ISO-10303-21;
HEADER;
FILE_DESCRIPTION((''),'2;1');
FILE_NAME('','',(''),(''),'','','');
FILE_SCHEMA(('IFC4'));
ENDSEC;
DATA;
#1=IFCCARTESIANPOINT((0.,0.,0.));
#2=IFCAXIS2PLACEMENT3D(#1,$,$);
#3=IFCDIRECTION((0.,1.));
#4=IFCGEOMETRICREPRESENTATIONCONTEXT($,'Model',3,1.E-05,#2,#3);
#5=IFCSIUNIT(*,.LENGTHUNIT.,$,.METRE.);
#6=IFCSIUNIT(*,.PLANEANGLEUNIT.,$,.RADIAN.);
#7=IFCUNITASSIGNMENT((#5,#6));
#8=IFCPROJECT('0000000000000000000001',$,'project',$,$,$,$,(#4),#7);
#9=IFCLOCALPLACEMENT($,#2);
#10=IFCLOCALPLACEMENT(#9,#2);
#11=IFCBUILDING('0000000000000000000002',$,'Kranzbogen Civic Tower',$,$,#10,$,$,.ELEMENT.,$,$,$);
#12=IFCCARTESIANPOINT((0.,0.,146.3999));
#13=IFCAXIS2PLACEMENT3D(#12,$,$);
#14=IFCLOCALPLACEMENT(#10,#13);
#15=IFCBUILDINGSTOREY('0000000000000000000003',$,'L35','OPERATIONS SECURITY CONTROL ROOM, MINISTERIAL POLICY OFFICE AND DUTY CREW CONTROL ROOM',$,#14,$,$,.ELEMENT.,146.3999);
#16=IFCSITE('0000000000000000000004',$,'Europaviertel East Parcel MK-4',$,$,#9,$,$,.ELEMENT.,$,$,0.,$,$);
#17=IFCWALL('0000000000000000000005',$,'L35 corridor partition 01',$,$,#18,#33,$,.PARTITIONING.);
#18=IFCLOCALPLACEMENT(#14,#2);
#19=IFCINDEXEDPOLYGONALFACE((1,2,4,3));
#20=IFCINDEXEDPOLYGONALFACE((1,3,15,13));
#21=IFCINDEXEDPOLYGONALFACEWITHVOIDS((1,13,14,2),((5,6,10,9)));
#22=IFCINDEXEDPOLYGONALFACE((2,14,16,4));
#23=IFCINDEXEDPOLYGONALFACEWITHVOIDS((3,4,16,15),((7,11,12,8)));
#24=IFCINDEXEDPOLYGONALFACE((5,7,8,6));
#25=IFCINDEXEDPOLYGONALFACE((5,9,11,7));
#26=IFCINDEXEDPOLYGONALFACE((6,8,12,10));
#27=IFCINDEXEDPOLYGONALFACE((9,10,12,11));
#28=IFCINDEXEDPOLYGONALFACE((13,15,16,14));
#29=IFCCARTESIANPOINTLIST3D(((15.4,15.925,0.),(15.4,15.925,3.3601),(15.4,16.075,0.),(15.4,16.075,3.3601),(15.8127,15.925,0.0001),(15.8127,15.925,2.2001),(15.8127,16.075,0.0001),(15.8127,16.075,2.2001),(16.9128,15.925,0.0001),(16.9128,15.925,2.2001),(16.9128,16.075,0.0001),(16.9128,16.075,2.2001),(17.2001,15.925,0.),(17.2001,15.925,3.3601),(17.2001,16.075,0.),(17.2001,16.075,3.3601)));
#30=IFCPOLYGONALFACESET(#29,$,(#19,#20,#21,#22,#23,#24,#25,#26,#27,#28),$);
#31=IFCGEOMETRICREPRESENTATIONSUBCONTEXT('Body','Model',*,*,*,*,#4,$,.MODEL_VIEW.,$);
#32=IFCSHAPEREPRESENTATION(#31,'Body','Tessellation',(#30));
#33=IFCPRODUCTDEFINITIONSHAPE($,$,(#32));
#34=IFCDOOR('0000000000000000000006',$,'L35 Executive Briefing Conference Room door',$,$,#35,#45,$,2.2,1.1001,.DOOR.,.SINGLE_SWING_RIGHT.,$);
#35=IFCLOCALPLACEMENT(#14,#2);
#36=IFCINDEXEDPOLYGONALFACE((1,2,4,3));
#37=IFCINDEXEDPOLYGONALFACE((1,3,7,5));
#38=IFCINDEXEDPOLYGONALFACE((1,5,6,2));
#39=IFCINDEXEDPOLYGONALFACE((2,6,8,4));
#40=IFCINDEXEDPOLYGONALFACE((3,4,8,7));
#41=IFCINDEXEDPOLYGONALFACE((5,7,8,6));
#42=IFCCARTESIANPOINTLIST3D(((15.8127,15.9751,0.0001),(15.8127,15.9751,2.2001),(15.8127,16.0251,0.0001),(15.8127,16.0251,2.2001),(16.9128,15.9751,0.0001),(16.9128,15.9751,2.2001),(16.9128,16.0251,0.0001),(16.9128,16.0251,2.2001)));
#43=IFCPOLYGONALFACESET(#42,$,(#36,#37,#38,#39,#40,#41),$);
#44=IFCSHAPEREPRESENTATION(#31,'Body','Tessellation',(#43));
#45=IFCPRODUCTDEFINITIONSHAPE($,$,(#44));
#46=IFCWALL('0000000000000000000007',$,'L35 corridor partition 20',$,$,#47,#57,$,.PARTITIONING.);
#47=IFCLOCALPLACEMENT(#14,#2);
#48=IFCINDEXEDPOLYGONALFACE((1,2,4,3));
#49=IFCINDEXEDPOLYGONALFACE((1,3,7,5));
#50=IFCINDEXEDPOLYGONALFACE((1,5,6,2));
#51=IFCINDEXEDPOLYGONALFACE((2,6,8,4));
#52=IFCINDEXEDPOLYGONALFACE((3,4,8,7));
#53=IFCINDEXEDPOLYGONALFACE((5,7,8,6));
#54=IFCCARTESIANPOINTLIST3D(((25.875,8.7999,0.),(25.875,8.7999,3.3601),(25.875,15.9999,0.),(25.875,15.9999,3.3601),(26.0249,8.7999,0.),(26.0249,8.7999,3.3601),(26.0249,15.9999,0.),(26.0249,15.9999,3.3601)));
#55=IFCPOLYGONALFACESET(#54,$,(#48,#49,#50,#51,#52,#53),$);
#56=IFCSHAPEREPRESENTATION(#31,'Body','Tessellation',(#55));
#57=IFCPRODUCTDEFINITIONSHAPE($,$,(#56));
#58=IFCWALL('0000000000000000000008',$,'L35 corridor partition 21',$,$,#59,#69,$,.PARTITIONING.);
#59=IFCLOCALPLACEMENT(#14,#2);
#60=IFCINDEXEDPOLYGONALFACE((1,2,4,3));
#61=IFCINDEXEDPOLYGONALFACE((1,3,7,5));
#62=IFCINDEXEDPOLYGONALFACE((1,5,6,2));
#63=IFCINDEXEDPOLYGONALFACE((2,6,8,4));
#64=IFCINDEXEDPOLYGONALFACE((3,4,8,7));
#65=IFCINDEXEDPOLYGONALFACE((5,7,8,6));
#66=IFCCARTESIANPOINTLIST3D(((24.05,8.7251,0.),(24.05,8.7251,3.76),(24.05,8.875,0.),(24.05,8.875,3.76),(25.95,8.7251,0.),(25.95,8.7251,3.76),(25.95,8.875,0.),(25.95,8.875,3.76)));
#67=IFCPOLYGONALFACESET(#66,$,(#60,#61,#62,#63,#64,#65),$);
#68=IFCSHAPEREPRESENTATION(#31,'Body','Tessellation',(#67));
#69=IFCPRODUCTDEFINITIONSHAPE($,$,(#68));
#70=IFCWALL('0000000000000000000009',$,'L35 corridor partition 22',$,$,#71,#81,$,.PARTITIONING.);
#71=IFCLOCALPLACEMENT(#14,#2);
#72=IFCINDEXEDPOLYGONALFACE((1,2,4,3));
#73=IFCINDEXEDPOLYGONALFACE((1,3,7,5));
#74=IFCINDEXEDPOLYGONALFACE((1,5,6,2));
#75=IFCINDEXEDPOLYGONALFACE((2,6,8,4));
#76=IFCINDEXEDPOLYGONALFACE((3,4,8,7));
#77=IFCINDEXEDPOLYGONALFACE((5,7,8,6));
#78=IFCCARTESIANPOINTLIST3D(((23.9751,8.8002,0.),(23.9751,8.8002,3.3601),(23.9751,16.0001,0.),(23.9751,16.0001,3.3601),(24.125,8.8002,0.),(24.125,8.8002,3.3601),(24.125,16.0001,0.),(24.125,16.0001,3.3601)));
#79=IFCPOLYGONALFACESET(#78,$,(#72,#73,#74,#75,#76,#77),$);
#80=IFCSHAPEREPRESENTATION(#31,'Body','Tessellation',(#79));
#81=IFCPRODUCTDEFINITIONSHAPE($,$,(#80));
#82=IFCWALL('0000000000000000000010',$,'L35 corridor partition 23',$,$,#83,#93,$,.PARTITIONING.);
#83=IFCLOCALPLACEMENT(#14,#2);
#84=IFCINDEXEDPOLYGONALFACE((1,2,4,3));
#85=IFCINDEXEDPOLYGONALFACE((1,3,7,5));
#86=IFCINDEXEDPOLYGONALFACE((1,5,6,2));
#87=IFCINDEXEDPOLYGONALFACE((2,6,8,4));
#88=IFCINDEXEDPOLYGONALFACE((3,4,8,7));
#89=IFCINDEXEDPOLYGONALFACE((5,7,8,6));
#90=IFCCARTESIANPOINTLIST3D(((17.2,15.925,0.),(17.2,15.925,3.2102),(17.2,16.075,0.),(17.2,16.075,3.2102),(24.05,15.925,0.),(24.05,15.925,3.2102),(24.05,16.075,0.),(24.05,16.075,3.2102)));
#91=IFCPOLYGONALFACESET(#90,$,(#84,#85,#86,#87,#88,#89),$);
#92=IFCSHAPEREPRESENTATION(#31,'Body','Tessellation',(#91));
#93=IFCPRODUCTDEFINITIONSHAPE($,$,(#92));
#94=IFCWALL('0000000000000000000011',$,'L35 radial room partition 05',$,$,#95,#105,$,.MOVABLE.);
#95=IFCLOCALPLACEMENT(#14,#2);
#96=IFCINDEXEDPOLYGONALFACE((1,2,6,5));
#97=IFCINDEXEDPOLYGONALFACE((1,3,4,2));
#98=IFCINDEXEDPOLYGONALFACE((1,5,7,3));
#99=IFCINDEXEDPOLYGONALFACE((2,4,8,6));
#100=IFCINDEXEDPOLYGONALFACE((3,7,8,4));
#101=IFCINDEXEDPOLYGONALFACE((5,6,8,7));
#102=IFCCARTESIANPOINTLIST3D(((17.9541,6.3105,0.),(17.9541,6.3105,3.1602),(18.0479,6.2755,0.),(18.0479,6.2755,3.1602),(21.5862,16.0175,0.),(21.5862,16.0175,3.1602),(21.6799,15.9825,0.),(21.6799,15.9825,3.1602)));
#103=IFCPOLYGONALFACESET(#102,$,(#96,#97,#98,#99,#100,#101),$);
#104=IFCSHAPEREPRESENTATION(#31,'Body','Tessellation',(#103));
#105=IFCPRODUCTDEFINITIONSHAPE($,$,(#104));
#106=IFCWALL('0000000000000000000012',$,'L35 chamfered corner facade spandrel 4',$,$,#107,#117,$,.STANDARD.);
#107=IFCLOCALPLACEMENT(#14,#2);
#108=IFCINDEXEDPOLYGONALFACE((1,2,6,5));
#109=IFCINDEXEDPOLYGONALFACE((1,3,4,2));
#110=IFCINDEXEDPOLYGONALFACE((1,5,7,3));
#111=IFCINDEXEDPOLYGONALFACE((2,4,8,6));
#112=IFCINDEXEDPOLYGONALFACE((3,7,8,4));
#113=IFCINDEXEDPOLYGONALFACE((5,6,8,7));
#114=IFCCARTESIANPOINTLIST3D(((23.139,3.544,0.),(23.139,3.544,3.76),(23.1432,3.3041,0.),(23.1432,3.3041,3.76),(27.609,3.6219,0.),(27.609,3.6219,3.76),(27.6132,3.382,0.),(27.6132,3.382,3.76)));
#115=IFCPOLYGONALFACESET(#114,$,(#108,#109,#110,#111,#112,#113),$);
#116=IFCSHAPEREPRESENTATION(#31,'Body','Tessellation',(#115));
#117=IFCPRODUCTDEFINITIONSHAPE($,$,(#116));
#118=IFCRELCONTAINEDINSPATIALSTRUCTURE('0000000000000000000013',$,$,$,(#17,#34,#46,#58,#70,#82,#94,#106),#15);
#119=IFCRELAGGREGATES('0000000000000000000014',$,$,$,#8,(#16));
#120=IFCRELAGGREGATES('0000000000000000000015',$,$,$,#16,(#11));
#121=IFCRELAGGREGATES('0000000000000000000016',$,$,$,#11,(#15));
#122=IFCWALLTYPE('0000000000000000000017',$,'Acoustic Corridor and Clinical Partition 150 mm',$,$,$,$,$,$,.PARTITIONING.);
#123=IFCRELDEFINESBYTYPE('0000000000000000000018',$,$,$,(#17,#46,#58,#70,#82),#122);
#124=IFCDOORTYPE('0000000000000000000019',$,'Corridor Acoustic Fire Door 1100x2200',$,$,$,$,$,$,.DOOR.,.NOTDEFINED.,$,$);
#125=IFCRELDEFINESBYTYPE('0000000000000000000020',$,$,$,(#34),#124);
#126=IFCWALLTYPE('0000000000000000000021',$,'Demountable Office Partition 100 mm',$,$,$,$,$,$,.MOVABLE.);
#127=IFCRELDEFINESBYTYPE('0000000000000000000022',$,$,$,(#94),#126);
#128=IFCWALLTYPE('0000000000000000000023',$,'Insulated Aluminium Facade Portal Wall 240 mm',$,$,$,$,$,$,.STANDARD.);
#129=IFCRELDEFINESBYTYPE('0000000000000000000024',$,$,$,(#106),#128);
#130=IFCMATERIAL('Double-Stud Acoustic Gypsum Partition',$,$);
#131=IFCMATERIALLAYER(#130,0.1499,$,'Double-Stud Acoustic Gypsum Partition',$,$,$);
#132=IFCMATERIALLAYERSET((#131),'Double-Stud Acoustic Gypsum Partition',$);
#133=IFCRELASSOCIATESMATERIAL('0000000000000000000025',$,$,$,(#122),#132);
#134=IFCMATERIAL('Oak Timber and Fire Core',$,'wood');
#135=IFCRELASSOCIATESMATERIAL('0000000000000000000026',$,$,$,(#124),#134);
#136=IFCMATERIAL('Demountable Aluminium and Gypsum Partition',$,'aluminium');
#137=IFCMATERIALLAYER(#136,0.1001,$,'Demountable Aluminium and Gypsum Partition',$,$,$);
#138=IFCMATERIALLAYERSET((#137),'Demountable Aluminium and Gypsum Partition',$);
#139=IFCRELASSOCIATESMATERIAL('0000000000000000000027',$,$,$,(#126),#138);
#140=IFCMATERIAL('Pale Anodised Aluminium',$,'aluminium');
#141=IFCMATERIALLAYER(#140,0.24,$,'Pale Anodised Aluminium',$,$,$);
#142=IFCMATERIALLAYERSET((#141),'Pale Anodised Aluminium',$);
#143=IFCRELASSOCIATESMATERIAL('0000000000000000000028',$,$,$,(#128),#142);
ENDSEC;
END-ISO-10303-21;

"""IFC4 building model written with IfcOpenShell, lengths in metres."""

from ifc_helpers import new_model, si_unit, direction, frame, frame_2d, origin, place, context, subcontext, project, spatial, rectangle, extrude, material, layer, layer_set, type_object, element, fill, save


model = new_model("IFC4")

# Units and contexts
model_context = context("Model", 3, precision=1e-05, world=origin(), true_north=direction((0.0, 1.0)))
body_context = subcontext(model_context, "Body", "Model", "MODEL_VIEW")
ifc_project = project(units=[si_unit("LENGTHUNIT", "METRE"), si_unit("PLANEANGLEUNIT", "RADIAN")], contexts=[model_context])

# Site, building, storey
site_placement = place(None, origin())
site = spatial("IfcSite", under=ifc_project, at=site_placement, Name="Europaviertel East Parcel MK-4", CompositionType="ELEMENT", RefElevation=0.0)
building_placement = place(site_placement, origin())
building = spatial("IfcBuilding", under=site, at=building_placement, Name="Kranzbogen Civic Tower", CompositionType="ELEMENT")
storey_placement = place(building_placement, frame((0.0, 0.0, 146.3999)))
storey = spatial("IfcBuildingStorey", under=building, at=storey_placement, Name="L35", Description="OPERATIONS SECURITY CONTROL ROOM, MINISTERIAL POLICY OFFICE AND DUTY CREW CONTROL ROOM", CompositionType="ELEMENT", Elevation=146.3999)

# Shared definitions
ifc_material_1 = material(Name="Pale Anodised Aluminium", Category="aluminium")

# Wall, opening, door
ifc_material_2 = material(Name="Double-Stud Acoustic Gypsum Partition")
ifc_layer_1 = layer(ifc_material_2, 0.1499, Name="Double-Stud Acoustic Gypsum Partition")
ifc_layer_set_1 = layer_set([ifc_layer_1], Name="Double-Stud Acoustic Gypsum Partition")
wall_type_1 = type_object("IfcWallType", Name="Acoustic Corridor and Clinical Partition 150 mm", PredefinedType="PARTITIONING", material=ifc_layer_set_1)
wall_1_placement = place(storey_placement, frame((17.2, 16.0, 0.0), z_axis=(0.0, 0.0, 1.0), x_axis=(-1.0, 0.0, 0.0)))
wall_1 = element("IfcWall", 1, at=wall_1_placement, inside=storey, type_object=wall_type_1, Name="L35 corridor partition 01", PredefinedType="PARTITIONING", context=body_context, shape_type="SweptSolid", body=[
    extrude(rectangle(XDim=1.8, YDim=0.1499, at=frame_2d((0.8999, 0.0))), origin(), (0.0, 0.0, 1.0), 3.3601),
])
opening_placement = place(wall_1_placement, frame((0.2871, 0.0, 0.0)))
opening = element("IfcOpeningElement", 2, at=opening_placement, cuts=wall_1, PredefinedType="OPENING", context=body_context, shape_type="SweptSolid", body=[
    extrude(rectangle(XDim=1.1001, YDim=2.2, at=frame_2d((0.55, 1.1001))), frame((0.0, 0.085, 0.0), z_axis=(0.0, -1.0, 0.0), x_axis=(1.0, 0.0, 0.0)), (0.0, 0.0, 1.0), 0.1699),
])
ifc_material_3 = material(Name="Oak Timber and Fire Core", Category="wood")
door_type = type_object("IfcDoorType", Name="Corridor Acoustic Fire Door 1100x2200", OperationType="NOTDEFINED", PredefinedType="DOOR", material=ifc_material_3)
door_placement = place(opening_placement, origin())
door = element("IfcDoor", 3, at=door_placement, inside=storey, type_object=door_type, Name="L35 Executive Briefing Conference Room door", OperationType="SINGLE_SWING_RIGHT", OverallHeight=2.2, OverallWidth=1.1001, PredefinedType="DOOR", context=body_context, shape_type="SweptSolid", body=[
    extrude(rectangle(XDim=1.1001, YDim=2.2, at=frame_2d((0.55, 1.1001))), frame((0.0, 0.0249, 0.0), z_axis=(0.0, -1.0, 0.0), x_axis=(1.0, 0.0, 0.0)), (0.0, 0.0, 1.0), 0.05),
])
fill(opening, door)

# Walls
wall_2_placement = place(storey_placement, frame((25.95, 16.0, 0.0), z_axis=(0.0, 0.0, 1.0), x_axis=(0.0, -1.0, 0.0)))
element("IfcWall", 4, at=wall_2_placement, inside=storey, type_object=wall_type_1, Name="L35 corridor partition 20", PredefinedType="PARTITIONING", context=body_context, shape_type="SweptSolid", body=[
    extrude(rectangle(XDim=7.2, YDim=0.1499, at=frame_2d((3.6001, 0.0))), origin(), (0.0, 0.0, 1.0), 3.3601),
])
wall_3_placement = place(storey_placement, frame((25.95, 8.8, 0.0), z_axis=(0.0, 0.0, 1.0), x_axis=(-1.0, 0.0, 0.0)))
element("IfcWall", 5, at=wall_3_placement, inside=storey, type_object=wall_type_1, Name="L35 corridor partition 21", PredefinedType="PARTITIONING", context=body_context, shape_type="SweptSolid", body=[
    extrude(rectangle(XDim=1.8999, YDim=0.1499, at=frame_2d((0.95, 0.0))), origin(), (0.0, 0.0, 1.0), 3.76),
])
wall_4_placement = place(storey_placement, frame((24.05, 8.8, 0.0), z_axis=(0.0, 0.0, 1.0), x_axis=(0.0, 1.0, 0.0)))
element("IfcWall", 6, at=wall_4_placement, inside=storey, type_object=wall_type_1, Name="L35 corridor partition 22", PredefinedType="PARTITIONING", context=body_context, shape_type="SweptSolid", body=[
    extrude(rectangle(XDim=7.2, YDim=0.1499, at=frame_2d((3.6001, 0.0))), origin(), (0.0, 0.0, 1.0), 3.3601),
])
wall_5_placement = place(storey_placement, frame((24.05, 16.0, 0.0), z_axis=(0.0, 0.0, 1.0), x_axis=(-1.0, 0.0, 0.0)))
element("IfcWall", 7, at=wall_5_placement, inside=storey, type_object=wall_type_1, Name="L35 corridor partition 23", PredefinedType="PARTITIONING", context=body_context, shape_type="SweptSolid", body=[
    extrude(rectangle(XDim=6.8501, YDim=0.1499, at=frame_2d((3.425, 0.0))), origin(), (0.0, 0.0, 1.0), 3.2102),
])
ifc_material_4 = material(Name="Demountable Aluminium and Gypsum Partition", Category="aluminium")
ifc_layer_2 = layer(ifc_material_4, 0.1001, Name="Demountable Aluminium and Gypsum Partition")
ifc_layer_set_2 = layer_set([ifc_layer_2], Name="Demountable Aluminium and Gypsum Partition")
wall_type_2 = type_object("IfcWallType", Name="Demountable Office Partition 100 mm", PredefinedType="MOVABLE", material=ifc_layer_set_2)
wall_6_placement = place(storey_placement, frame((21.6331, 16.0, 0.0), z_axis=(0.0, 0.0, 1.0), x_axis=(-0.350442, -0.936584, 0.0)))
element("IfcWall", 8, at=wall_6_placement, inside=storey, type_object=wall_type_2, Name="L35 radial room partition 05", PredefinedType="MOVABLE", context=body_context, shape_type="SweptSolid", body=[
    extrude(rectangle(XDim=10.3643, YDim=0.1001, at=frame_2d((5.1821, 0.0))), origin(), (0.0, 0.0, 1.0), 3.1602),
])
ifc_layer_3 = layer(ifc_material_1, 0.24, Name="Pale Anodised Aluminium")
ifc_layer_set_3 = layer_set([ifc_layer_3], Name="Pale Anodised Aluminium")
wall_type_3 = type_object("IfcWallType", Name="Insulated Aluminium Facade Portal Wall 240 mm", PredefinedType="STANDARD", material=ifc_layer_set_3)
wall_7_placement = place(storey_placement, frame((23.1411, 3.4241, 0.0), z_axis=(0.0, 0.0, 1.0), x_axis=(0.999848, 0.01742, 0.0)))
element("IfcWall", 9, at=wall_7_placement, inside=storey, type_object=wall_type_3, Name="L35 chamfered corner facade spandrel 4", PredefinedType="STANDARD", context=body_context, shape_type="SweptSolid", body=[
    extrude(rectangle(XDim=4.4707, YDim=0.24, at=frame_2d((2.2354, 0.0))), origin(), (0.0, 0.0, 1.0), 3.76),
])

save(model, "model.ifc")
